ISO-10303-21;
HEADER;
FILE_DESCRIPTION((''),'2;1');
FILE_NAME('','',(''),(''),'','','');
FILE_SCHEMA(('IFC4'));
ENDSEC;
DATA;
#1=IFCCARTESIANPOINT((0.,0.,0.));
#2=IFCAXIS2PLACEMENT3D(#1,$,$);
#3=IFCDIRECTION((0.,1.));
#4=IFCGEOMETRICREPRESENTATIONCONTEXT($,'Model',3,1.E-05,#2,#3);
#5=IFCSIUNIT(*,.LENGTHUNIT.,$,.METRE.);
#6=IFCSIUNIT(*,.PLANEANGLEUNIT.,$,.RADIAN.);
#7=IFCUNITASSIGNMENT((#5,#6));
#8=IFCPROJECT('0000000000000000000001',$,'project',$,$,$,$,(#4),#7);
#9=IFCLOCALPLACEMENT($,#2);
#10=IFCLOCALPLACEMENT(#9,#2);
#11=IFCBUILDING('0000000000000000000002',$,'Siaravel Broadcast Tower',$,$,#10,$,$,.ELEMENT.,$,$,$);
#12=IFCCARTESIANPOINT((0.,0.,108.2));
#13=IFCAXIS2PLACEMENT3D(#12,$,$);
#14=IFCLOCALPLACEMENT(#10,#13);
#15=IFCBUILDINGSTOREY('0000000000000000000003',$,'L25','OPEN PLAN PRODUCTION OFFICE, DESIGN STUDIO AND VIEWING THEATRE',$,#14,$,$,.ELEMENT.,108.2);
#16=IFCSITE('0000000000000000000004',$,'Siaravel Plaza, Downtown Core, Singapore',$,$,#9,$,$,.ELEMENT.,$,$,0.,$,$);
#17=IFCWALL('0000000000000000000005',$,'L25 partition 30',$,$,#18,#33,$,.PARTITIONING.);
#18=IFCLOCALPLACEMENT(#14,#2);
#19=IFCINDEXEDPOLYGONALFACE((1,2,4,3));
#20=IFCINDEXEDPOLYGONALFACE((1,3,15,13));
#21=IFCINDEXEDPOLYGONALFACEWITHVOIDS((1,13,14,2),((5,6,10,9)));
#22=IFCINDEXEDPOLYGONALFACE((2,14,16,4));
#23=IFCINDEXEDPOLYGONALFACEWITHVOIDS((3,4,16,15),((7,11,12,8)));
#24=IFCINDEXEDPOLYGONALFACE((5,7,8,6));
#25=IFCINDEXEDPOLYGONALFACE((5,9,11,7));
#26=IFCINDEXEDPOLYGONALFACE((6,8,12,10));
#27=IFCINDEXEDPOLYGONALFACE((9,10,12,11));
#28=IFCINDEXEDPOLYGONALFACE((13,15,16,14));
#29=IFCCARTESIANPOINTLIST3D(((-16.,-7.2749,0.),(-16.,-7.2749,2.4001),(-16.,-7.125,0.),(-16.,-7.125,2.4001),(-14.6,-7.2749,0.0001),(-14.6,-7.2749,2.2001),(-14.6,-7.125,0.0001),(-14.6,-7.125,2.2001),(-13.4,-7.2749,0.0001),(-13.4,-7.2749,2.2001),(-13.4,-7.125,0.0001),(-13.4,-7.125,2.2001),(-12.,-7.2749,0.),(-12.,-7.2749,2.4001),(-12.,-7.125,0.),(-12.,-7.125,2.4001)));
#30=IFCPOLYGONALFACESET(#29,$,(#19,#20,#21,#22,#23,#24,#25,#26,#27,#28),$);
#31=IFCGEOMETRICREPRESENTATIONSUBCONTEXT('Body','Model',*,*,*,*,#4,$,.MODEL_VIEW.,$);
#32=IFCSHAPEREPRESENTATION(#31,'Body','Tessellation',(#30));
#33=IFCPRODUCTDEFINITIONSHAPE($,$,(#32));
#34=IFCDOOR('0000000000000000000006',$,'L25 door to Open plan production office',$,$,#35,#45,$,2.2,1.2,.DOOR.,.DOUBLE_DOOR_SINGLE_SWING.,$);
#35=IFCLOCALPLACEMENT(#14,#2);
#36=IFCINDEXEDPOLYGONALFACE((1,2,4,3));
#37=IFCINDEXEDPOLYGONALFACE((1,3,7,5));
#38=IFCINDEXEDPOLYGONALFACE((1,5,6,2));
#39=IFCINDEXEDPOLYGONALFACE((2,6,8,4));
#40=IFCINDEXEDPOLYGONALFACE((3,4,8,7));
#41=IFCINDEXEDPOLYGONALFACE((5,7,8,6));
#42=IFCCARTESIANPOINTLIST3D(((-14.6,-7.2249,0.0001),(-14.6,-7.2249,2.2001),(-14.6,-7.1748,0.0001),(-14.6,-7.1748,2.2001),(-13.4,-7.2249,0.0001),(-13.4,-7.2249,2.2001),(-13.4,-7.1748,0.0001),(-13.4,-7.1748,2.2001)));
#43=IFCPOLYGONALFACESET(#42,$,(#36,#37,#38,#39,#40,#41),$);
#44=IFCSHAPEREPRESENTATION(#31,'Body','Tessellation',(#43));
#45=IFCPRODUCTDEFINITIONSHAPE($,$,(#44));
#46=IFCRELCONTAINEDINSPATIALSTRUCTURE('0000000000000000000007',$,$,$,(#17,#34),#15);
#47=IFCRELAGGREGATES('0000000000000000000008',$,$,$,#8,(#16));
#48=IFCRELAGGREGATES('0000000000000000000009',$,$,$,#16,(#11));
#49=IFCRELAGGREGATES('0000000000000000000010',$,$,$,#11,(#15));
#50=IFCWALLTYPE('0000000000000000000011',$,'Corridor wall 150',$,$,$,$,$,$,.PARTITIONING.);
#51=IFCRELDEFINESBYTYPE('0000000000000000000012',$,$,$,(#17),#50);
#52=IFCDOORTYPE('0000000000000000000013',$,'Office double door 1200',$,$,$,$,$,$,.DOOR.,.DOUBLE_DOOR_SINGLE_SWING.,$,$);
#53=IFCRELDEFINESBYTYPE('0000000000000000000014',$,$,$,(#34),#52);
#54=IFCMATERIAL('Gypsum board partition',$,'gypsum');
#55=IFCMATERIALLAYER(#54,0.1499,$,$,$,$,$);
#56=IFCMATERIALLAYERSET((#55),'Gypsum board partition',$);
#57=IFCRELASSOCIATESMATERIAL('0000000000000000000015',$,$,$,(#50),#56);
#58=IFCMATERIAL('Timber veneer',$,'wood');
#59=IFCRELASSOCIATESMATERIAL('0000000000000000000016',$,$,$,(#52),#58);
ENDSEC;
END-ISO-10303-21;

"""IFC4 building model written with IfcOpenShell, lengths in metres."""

from ifc_helpers import new_model, si_unit, direction, frame, frame_2d, origin, place, context, subcontext, project, spatial, rectangle, extrude, material, layer, layer_set, type_object, element, fill, save


model = new_model("IFC4")

# Units and contexts
model_context = context("Model", 3, precision=1e-05, world=origin(), true_north=direction((0.0, 1.0)))
body_context = subcontext(model_context, "Body", "Model", "MODEL_VIEW")
ifc_project = project(units=[si_unit("LENGTHUNIT", "METRE"), si_unit("PLANEANGLEUNIT", "RADIAN")], contexts=[model_context])

# Site, building, storey
site_placement = place(None, origin())
site = spatial("IfcSite", under=ifc_project, at=site_placement, Name="Siaravel Plaza, Downtown Core, Singapore", CompositionType="ELEMENT", RefElevation=0.0)
building_placement = place(site_placement, origin())
building = spatial("IfcBuilding", under=site, at=building_placement, Name="Siaravel Broadcast Tower", CompositionType="ELEMENT")
storey_placement = place(building_placement, frame((0.0, 0.0, 108.2)))
storey = spatial("IfcBuildingStorey", under=building, at=storey_placement, Name="L25", Description="OPEN PLAN PRODUCTION OFFICE, DESIGN STUDIO AND VIEWING THEATRE", CompositionType="ELEMENT", Elevation=108.2)

# Wall, opening, door
ifc_material_1 = material(Name="Gypsum board partition", Category="gypsum")
ifc_layer_1 = layer(ifc_material_1, 0.1499)
ifc_layer_set_1 = layer_set([ifc_layer_1], Name="Gypsum board partition")
wall_type_1 = type_object("IfcWallType", Name="Corridor wall 150", PredefinedType="PARTITIONING", material=ifc_layer_set_1)
ifc_material_2 = material(Name="Timber veneer", Category="wood")
wall_1_placement = place(storey_placement, frame((-12.0, -7.2, 0.0), z_axis=(0.0, 0.0, 1.0), x_axis=(-1.0, 0.0, 0.0)))
wall_1 = element("IfcWall", 1, at=wall_1_placement, inside=storey, type_object=wall_type_1, Name="L25 partition 30", PredefinedType="PARTITIONING", context=body_context, shape_type="SweptSolid", body=[
    extrude(rectangle(XDim=4.0, YDim=0.1499, at=frame_2d((2.0, 0.0))), origin(), (0.0, 0.0, 1.0), 2.4001),
])
opening_1_placement = place(wall_1_placement, frame((1.3999, 0.0, 0.0)))
opening_1 = element("IfcOpeningElement", 2, at=opening_1_placement, cuts=wall_1, PredefinedType="OPENING", context=body_context, shape_type="SweptSolid", body=[
    extrude(rectangle(XDim=1.2, YDim=2.2, at=frame_2d((0.6001, 1.1001))), frame((0.0, 0.085, 0.0), z_axis=(0.0, -1.0, 0.0), x_axis=(1.0, 0.0, 0.0)), (0.0, 0.0, 1.0), 0.1699),
])
door_type_1 = type_object("IfcDoorType", Name="Office double door 1200", OperationType="DOUBLE_DOOR_SINGLE_SWING", PredefinedType="DOOR", material=ifc_material_2)
door_1_placement = place(opening_1_placement, origin())
door_1 = element("IfcDoor", 3, at=door_1_placement, inside=storey, type_object=door_type_1, Name="L25 door to Open plan production office", OperationType="DOUBLE_DOOR_SINGLE_SWING", OverallHeight=2.2, OverallWidth=1.2, PredefinedType="DOOR", context=body_context, shape_type="SweptSolid", body=[
    extrude(rectangle(XDim=1.2, YDim=2.2, at=frame_2d((0.6001, 1.1001))), frame((0.0, 0.0249, 0.0), z_axis=(0.0, -1.0, 0.0), x_axis=(1.0, 0.0, 0.0)), (0.0, 0.0, 1.0), 0.05),
])
fill(opening_1, door_1)

save(model, "model.ifc")
